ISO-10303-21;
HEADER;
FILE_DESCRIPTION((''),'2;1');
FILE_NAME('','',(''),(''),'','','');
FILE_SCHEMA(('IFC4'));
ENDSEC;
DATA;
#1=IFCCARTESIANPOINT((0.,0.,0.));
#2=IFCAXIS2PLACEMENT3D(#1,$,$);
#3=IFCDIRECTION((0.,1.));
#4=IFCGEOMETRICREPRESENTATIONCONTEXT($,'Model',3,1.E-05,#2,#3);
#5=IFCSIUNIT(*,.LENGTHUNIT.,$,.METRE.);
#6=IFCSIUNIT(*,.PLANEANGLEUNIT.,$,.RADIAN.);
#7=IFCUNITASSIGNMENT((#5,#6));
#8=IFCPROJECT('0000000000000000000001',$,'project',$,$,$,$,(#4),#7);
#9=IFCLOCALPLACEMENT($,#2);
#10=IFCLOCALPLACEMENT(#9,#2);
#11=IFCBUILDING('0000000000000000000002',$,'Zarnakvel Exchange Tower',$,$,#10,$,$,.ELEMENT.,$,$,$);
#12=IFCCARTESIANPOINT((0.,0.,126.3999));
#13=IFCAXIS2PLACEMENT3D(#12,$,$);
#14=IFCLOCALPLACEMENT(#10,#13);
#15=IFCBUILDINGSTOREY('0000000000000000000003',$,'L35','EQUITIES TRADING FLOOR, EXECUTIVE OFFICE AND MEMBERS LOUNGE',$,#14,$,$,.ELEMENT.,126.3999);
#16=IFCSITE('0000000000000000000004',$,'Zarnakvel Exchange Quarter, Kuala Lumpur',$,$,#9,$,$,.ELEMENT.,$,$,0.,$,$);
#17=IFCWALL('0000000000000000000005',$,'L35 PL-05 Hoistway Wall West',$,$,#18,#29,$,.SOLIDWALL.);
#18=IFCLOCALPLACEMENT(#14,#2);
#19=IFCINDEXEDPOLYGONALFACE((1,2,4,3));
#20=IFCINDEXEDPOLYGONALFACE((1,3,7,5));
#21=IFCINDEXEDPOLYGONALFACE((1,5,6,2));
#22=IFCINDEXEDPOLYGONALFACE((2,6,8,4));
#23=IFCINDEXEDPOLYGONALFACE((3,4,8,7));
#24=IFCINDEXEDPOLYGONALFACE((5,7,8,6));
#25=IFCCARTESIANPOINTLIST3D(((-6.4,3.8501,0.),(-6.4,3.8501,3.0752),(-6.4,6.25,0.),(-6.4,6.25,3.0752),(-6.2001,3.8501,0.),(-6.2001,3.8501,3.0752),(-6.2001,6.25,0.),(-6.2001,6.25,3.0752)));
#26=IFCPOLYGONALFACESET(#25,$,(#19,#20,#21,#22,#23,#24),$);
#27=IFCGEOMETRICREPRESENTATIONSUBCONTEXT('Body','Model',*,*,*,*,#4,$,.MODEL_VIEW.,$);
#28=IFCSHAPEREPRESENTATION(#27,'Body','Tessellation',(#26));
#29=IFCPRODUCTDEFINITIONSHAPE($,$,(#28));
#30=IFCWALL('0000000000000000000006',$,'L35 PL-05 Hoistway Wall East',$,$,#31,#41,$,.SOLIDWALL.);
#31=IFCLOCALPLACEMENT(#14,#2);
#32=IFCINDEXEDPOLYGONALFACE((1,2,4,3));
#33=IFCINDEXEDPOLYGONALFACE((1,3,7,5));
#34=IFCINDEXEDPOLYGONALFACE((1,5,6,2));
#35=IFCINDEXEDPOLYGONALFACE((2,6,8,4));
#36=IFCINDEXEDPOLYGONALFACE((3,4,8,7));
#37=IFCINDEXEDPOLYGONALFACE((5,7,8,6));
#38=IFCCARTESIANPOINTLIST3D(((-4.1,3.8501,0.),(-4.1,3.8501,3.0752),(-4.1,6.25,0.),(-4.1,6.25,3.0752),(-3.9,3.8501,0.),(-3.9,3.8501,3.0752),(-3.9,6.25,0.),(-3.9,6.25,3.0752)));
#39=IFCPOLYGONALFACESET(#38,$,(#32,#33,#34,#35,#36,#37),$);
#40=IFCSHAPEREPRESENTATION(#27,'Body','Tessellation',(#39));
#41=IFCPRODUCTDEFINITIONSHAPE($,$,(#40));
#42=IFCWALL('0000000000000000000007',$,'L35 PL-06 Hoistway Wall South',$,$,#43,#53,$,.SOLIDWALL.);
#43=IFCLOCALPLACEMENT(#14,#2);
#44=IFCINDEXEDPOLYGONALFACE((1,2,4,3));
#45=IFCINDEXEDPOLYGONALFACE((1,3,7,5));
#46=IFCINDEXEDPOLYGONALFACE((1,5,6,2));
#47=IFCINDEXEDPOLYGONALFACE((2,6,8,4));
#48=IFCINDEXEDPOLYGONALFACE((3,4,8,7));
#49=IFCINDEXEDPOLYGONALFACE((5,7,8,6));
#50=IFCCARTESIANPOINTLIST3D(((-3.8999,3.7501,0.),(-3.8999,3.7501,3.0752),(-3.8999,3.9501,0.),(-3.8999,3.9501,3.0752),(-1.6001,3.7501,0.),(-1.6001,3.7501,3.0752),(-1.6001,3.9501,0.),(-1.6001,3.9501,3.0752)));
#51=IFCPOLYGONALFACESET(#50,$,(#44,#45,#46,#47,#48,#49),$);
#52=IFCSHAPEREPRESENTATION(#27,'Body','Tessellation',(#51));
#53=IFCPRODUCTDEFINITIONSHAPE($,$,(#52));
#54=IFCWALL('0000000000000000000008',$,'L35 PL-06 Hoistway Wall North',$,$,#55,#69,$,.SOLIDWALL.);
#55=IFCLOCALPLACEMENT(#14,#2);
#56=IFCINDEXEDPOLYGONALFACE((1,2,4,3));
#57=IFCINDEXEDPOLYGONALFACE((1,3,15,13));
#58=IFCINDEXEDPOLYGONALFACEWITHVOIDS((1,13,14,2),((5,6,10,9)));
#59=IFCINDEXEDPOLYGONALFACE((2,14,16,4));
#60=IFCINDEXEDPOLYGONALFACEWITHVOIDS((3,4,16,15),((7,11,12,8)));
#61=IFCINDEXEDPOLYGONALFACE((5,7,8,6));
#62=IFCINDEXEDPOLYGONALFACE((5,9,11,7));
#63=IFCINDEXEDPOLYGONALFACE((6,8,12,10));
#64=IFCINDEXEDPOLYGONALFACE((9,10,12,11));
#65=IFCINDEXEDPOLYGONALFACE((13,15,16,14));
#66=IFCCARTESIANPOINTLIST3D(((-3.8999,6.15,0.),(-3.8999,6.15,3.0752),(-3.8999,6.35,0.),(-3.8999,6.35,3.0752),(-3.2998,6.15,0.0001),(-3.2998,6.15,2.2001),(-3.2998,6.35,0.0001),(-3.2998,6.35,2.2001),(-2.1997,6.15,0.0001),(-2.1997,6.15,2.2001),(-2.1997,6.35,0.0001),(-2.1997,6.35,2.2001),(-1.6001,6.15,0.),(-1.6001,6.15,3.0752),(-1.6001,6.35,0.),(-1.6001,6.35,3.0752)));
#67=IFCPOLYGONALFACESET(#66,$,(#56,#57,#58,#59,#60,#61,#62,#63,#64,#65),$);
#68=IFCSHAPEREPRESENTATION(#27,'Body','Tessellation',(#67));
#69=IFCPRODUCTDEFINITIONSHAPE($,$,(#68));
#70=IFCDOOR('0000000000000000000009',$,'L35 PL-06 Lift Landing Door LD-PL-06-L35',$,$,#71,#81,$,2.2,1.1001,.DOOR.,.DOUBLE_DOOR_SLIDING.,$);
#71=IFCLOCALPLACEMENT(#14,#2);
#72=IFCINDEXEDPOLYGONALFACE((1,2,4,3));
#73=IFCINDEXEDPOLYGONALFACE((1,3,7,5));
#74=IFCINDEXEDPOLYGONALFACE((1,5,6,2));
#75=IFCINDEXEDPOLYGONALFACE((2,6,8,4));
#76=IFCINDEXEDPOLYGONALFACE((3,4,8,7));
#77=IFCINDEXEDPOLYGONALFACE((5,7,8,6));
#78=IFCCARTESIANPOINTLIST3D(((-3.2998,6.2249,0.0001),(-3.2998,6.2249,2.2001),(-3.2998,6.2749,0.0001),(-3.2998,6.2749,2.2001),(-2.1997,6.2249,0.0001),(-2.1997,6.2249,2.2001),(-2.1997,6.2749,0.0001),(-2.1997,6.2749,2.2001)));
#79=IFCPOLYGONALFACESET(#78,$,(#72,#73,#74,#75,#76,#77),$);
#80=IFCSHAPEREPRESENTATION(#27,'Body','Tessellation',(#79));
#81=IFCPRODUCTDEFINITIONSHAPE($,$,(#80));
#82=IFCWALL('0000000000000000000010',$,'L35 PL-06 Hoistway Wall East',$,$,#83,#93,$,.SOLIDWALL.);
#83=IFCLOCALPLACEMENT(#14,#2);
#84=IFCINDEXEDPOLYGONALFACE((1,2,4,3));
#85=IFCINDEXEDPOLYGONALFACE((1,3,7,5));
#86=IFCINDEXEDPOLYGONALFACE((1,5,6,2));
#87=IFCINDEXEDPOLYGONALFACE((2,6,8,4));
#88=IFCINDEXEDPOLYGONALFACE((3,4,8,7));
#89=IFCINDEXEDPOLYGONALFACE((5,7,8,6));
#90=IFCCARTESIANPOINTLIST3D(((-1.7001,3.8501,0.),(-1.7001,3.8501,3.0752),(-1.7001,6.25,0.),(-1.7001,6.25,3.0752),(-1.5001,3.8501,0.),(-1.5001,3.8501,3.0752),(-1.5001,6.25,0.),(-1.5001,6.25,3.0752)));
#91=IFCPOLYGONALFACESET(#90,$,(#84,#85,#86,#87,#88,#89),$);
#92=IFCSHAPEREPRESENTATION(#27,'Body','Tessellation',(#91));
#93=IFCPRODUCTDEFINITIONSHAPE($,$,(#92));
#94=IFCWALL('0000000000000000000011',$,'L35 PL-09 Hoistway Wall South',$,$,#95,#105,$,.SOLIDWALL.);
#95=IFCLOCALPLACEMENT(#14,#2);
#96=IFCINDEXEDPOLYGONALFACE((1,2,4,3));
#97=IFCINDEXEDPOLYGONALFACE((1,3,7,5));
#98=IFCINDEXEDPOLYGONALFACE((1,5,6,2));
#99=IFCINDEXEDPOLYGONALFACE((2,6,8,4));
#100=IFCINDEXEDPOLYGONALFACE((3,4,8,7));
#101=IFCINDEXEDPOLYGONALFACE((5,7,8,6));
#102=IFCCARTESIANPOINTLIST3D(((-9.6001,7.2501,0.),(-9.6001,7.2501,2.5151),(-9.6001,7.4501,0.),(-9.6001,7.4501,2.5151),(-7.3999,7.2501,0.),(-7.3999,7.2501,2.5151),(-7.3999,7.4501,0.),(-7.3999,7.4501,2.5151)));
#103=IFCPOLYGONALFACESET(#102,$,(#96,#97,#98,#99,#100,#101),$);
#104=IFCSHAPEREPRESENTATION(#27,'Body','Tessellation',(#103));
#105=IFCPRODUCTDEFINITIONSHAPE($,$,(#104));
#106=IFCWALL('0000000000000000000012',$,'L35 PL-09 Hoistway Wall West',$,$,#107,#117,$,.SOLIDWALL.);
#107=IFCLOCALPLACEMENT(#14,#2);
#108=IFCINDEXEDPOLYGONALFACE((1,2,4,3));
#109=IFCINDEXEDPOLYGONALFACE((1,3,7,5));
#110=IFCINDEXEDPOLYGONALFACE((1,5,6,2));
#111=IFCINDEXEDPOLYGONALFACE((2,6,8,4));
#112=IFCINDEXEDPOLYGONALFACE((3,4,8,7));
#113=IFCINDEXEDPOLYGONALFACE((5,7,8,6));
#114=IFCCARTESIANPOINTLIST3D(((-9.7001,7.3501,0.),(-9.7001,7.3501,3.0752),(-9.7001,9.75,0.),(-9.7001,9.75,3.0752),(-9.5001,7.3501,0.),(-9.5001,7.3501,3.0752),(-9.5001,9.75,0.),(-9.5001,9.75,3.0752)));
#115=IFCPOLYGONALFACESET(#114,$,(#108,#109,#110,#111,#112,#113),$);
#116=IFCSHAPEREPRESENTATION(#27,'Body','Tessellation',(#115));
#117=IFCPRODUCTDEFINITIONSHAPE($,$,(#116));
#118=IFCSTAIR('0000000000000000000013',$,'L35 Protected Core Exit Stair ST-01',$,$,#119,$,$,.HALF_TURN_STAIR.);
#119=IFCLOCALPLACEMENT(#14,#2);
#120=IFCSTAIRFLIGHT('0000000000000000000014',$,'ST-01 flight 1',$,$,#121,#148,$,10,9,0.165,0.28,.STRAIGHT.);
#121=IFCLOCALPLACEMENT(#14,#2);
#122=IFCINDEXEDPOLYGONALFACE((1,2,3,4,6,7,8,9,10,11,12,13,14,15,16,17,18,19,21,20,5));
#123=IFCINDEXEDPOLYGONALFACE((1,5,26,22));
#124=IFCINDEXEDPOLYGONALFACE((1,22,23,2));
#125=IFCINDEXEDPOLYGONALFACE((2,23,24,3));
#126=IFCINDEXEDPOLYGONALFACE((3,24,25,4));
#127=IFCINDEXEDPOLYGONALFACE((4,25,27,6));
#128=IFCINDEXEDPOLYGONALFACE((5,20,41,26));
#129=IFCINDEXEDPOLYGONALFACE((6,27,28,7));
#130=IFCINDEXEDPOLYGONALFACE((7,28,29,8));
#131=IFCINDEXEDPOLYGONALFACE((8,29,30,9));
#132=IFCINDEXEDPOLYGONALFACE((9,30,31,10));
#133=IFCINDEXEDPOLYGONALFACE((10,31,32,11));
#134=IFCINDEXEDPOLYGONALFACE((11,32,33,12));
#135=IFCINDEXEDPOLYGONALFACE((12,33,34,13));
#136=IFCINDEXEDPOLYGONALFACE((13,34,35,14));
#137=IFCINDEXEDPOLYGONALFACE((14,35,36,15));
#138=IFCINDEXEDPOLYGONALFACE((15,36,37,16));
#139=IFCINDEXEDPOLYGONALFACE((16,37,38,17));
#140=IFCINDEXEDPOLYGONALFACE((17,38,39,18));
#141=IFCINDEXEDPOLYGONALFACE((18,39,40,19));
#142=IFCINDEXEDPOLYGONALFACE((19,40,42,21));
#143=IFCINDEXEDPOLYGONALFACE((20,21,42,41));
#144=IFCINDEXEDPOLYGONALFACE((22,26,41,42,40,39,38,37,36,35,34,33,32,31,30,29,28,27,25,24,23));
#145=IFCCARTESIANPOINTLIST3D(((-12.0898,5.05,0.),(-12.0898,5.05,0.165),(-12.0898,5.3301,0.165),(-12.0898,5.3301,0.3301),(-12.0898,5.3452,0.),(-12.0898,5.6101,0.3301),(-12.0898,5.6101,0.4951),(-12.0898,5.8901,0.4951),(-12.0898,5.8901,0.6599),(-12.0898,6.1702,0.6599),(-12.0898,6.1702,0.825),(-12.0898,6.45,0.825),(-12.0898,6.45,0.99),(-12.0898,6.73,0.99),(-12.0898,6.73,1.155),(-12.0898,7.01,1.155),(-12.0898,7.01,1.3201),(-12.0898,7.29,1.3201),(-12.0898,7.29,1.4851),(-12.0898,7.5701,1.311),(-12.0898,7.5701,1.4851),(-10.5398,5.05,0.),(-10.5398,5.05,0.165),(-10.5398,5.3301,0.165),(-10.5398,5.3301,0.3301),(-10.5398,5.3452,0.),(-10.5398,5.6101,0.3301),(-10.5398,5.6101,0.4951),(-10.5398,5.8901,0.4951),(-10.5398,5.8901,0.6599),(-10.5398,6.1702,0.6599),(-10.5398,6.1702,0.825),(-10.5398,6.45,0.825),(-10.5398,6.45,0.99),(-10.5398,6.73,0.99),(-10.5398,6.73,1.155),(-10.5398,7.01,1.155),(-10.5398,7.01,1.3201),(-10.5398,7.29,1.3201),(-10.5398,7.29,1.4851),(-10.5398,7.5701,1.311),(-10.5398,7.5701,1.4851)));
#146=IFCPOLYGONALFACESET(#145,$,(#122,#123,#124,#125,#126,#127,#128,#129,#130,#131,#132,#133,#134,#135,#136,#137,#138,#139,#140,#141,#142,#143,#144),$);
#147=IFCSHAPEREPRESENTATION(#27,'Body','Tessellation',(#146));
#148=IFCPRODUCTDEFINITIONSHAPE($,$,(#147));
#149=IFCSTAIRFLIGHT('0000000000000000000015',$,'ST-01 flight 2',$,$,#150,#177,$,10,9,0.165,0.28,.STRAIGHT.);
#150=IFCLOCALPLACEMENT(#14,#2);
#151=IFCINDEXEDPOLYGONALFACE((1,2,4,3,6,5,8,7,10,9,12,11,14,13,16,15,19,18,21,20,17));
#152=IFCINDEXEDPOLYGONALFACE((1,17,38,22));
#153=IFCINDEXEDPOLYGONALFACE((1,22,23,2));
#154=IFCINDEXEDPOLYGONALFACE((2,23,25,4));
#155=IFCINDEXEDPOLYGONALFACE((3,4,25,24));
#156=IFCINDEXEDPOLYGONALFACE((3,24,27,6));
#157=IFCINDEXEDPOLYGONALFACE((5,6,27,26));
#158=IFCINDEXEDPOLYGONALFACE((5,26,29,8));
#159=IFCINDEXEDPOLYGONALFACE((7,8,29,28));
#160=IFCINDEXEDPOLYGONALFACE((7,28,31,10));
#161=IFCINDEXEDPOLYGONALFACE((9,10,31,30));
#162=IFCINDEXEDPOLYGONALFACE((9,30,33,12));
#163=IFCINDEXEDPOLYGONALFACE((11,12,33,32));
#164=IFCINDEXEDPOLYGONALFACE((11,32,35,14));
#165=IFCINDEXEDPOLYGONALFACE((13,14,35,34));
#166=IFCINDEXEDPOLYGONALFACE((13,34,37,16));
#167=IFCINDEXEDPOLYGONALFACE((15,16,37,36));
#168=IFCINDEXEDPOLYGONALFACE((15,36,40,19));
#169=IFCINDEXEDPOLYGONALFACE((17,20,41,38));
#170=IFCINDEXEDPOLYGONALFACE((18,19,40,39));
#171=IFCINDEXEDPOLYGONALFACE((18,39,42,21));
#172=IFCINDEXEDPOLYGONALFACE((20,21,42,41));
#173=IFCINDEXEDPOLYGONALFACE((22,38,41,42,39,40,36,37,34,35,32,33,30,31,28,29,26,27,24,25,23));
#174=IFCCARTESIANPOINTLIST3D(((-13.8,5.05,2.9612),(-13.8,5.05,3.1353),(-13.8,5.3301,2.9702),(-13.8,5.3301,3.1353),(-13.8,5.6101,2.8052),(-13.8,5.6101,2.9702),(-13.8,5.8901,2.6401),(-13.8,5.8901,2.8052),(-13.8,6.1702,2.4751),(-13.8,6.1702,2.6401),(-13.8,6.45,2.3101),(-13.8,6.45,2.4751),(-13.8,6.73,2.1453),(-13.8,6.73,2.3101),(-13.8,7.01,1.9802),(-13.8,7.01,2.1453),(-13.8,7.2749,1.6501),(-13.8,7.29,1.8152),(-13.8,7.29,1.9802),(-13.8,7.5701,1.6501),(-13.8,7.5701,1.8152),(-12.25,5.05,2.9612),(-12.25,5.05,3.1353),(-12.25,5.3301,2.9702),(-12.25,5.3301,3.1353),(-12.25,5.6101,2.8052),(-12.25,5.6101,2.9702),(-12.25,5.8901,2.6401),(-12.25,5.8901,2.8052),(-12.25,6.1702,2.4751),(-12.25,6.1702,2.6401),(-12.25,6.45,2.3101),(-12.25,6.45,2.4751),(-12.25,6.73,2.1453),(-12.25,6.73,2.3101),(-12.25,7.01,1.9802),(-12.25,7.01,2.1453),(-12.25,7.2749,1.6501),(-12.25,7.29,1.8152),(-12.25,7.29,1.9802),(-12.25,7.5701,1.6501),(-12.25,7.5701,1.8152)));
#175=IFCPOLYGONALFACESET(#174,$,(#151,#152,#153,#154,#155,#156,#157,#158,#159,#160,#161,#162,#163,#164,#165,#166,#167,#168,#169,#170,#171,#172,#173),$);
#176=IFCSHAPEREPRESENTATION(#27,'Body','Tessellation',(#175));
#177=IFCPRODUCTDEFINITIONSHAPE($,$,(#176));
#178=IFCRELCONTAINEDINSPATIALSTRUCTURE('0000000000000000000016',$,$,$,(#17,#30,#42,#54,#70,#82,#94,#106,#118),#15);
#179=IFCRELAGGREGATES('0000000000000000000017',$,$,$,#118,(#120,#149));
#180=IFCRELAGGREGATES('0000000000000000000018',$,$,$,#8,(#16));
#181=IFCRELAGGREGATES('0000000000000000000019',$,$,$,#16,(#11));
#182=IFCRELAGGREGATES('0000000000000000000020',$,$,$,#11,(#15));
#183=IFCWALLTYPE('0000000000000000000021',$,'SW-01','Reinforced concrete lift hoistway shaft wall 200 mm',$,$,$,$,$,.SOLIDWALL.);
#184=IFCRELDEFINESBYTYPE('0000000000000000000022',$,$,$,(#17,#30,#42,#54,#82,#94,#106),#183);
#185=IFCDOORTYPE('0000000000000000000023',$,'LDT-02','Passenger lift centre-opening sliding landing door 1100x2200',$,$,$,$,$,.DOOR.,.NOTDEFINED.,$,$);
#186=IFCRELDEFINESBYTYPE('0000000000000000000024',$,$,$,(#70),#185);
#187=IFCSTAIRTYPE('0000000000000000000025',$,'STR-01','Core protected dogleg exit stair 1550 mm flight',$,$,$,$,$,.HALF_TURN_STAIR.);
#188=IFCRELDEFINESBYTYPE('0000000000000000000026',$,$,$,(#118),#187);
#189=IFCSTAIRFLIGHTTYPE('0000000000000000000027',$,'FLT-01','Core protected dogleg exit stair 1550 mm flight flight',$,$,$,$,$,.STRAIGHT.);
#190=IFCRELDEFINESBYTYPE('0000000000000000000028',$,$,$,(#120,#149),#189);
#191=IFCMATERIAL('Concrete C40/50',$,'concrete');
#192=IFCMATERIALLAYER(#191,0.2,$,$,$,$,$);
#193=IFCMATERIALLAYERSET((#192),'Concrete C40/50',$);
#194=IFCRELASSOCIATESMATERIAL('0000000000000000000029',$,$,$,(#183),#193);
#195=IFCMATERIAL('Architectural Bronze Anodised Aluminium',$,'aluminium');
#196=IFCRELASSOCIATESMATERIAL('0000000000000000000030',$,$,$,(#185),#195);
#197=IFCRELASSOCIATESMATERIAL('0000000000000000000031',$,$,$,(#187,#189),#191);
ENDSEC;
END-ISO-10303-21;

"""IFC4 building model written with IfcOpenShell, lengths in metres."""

from ifc_helpers import new_model, si_unit, direction, frame, frame_2d, origin, place, context, subcontext, project, spatial, polyline, rectangle, outline, extrude, source, transform, mapped, material, layer, layer_set, type_object, element, fill, aggregate, save


model = new_model("IFC4")

# Units and contexts
model_context = context("Model", 3, precision=1e-05, world=origin(), true_north=direction((0.0, 1.0)))
body_context = subcontext(model_context, "Body", "Model", "MODEL_VIEW")
ifc_project = project(units=[si_unit("LENGTHUNIT", "METRE"), si_unit("PLANEANGLEUNIT", "RADIAN")], contexts=[model_context])

# Site, building, storey
site_placement = place(None, origin())
site = spatial("IfcSite", under=ifc_project, at=site_placement, Name="Zarnakvel Exchange Quarter, Kuala Lumpur", CompositionType="ELEMENT", RefElevation=0.0)
building_placement = place(site_placement, origin())
building = spatial("IfcBuilding", under=site, at=building_placement, Name="Zarnakvel Exchange Tower", CompositionType="ELEMENT")
storey_placement = place(building_placement, frame((0.0, 0.0, 126.3999)))
storey = spatial("IfcBuildingStorey", under=building, at=storey_placement, Name="L35", Description="EQUITIES TRADING FLOOR, EXECUTIVE OFFICE AND MEMBERS LOUNGE", CompositionType="ELEMENT", Elevation=126.3999)

# Shared definitions
ifc_material_1 = material(Name="Concrete C40/50", Category="concrete")
ifc_layer_1 = layer(ifc_material_1, 0.2)
ifc_layer_set_1 = layer_set([ifc_layer_1], Name="Concrete C40/50")
wall_type_1 = type_object("IfcWallType", Name="SW-01", Description="Reinforced concrete lift hoistway shaft wall 200 mm", PredefinedType="SOLIDWALL", material=ifc_layer_set_1)
shared_shape_1 = source(origin(), body_context, "Body", "SweptSolid", [
    extrude(rectangle(XDim=1.1001, YDim=2.2, at=frame_2d((0.55, 1.1001))), frame((0.0, 0.0249, 0.0), z_axis=(0.0, -1.0, 0.0), x_axis=(1.0, 0.0, 0.0)), (0.0, 0.0, 1.0), 0.05),
])

# Shared definitions
ifc_material_2 = material(Name="Architectural Bronze Anodised Aluminium", Category="aluminium")
door_type_1 = type_object("IfcDoorType", Name="LDT-02", Description="Passenger lift centre-opening sliding landing door 1100x2200", OperationType="NOTDEFINED", PredefinedType="DOOR", material=ifc_material_2)

# Walls
for number, where, z_axis, x_axis, name in (
    (1, (-6.3, 3.8501, 0.0), (0.0, 0.0, 1.0), (0.0, 1.0, 0.0), "L35 PL-05 Hoistway Wall West"),
    (2, (-4.0, 6.25, 0.0), (0.0, 0.0, 1.0), (0.0, -1.0, 0.0), "L35 PL-05 Hoistway Wall East"),
):
    element("IfcWall", number, at=place(storey_placement, frame(where, z_axis=z_axis, x_axis=x_axis)), inside=storey, type_object=wall_type_1, Name=name, PredefinedType="SOLIDWALL", context=body_context, shape_type="SweptSolid", body=[
        extrude(rectangle(XDim=2.3999, YDim=0.2, at=frame_2d((1.2, 0.0))), origin(), (0.0, 0.0, 1.0), 3.0752),
    ])
wall_1_placement = place(storey_placement, frame((-1.6001, 3.8501, 0.0), z_axis=(0.0, 0.0, 1.0), x_axis=(-1.0, 0.0, 0.0)))
element("IfcWall", 3, at=wall_1_placement, inside=storey, type_object=wall_type_1, Name="L35 PL-06 Hoistway Wall South", PredefinedType="SOLIDWALL", context=body_context, shape_type="SweptSolid", body=[
    extrude(rectangle(XDim=2.2998, YDim=0.2, at=frame_2d((1.1499, 0.0))), origin(), (0.0, 0.0, 1.0), 3.0752),
])

# Wall, opening, door
wall_2_placement = place(storey_placement, frame((-3.8999, 6.25, 0.0), z_axis=(0.0, 0.0, 1.0), x_axis=(1.0, 0.0, 0.0)))
wall_2 = element("IfcWall", 4, at=wall_2_placement, inside=storey, type_object=wall_type_1, Name="L35 PL-06 Hoistway Wall North", PredefinedType="SOLIDWALL", context=body_context, shape_type="SweptSolid", body=[
    extrude(rectangle(XDim=2.2998, YDim=0.2, at=frame_2d((1.1499, 0.0))), origin(), (0.0, 0.0, 1.0), 3.0752),
])
opening_1_placement = place(wall_2_placement, frame((0.6001, 0.0, 0.0)))
opening_1 = element("IfcOpeningElement", 5, at=opening_1_placement, cuts=wall_2, PredefinedType="OPENING", context=body_context, shape_type="SweptSolid", body=[
    extrude(rectangle(XDim=1.1001, YDim=2.2, at=frame_2d((0.55, 1.1001))), frame((0.0, 0.1099, 0.0), z_axis=(0.0, -1.0, 0.0), x_axis=(1.0, 0.0, 0.0)), (0.0, 0.0, 1.0), 0.22),
])
door_1_placement = place(opening_1_placement, origin())
door_1 = element("IfcDoor", 6, at=door_1_placement, inside=storey, type_object=door_type_1, Name="L35 PL-06 Lift Landing Door LD-PL-06-L35", OperationType="DOUBLE_DOOR_SLIDING", OverallHeight=2.2, OverallWidth=1.1001, PredefinedType="DOOR", context=body_context, shape_type="MappedRepresentation", body=[
    mapped(shared_shape_1, transform((0.0, 0.0, 0.0), x_axis=(1.0, 0.0, 0.0), y_axis=(0.0, 1.0, 0.0), z_axis=(0.0, 0.0, 1.0), scale=1.0)),
])
fill(opening_1, door_1)

# Walls
wall_3_placement = place(storey_placement, frame((-1.6001, 6.25, 0.0), z_axis=(0.0, 0.0, 1.0), x_axis=(0.0, -1.0, 0.0)))
element("IfcWall", 7, at=wall_3_placement, inside=storey, type_object=wall_type_1, Name="L35 PL-06 Hoistway Wall East", PredefinedType="SOLIDWALL", context=body_context, shape_type="SweptSolid", body=[
    extrude(rectangle(XDim=2.3999, YDim=0.2, at=frame_2d((1.2, 0.0))), origin(), (0.0, 0.0, 1.0), 3.0752),
])
wall_4_placement = place(storey_placement, frame((-7.3999, 7.3501, 0.0), z_axis=(0.0, 0.0, 1.0), x_axis=(-1.0, 0.0, 0.0)))
element("IfcWall", 8, at=wall_4_placement, inside=storey, type_object=wall_type_1, Name="L35 PL-09 Hoistway Wall South", PredefinedType="SOLIDWALL", context=body_context, shape_type="SweptSolid", body=[
    extrude(rectangle(XDim=2.2002, YDim=0.2, at=frame_2d((1.1001, 0.0))), origin(), (0.0, 0.0, 1.0), 2.5151),
])
wall_5_placement = place(storey_placement, frame((-9.6001, 7.3501, 0.0), z_axis=(0.0, 0.0, 1.0), x_axis=(0.0, 1.0, 0.0)))
element("IfcWall", 9, at=wall_5_placement, inside=storey, type_object=wall_type_1, Name="L35 PL-09 Hoistway Wall West", PredefinedType="SOLIDWALL", context=body_context, shape_type="SweptSolid", body=[
    extrude(rectangle(XDim=2.3999, YDim=0.2, at=frame_2d((1.2, 0.0))), origin(), (0.0, 0.0, 1.0), 3.0752),
])

# Stair, stair flights
stair_type = type_object("IfcStairType", Name="STR-01", Description="Core protected dogleg exit stair 1550 mm flight", PredefinedType="HALF_TURN_STAIR", material=ifc_material_1)
stair_placement = place(storey_placement, origin())
stair = element("IfcStair", 10, at=stair_placement, inside=storey, type_object=stair_type, Name="L35 Protected Core Exit Stair ST-01", PredefinedType="HALF_TURN_STAIR")
stair_flight_type = type_object("IfcStairFlightType", Name="FLT-01", Description="Core protected dogleg exit stair 1550 mm flight flight", PredefinedType="STRAIGHT", material=ifc_material_1)
stair_flight_1_placement = place(storey_placement, frame((-11.3149, 5.05, 0.0), z_axis=(0.0, 0.0, 1.0), x_axis=(0.0, 1.0, 0.0)))
stair_flight_1 = element("IfcStairFlight", 11, at=stair_flight_1_placement, type_object=stair_flight_type, Name="ST-01 flight 1", NumberOfRisers=10, NumberOfTreads=9, PredefinedType="STRAIGHT", RiserHeight=0.165, TreadLength=0.28, context=body_context, shape_type="SweptSolid", body=[
    extrude(outline(polyline([(0.0, 0.0), (0.0, 0.165), (0.28, 0.165), (0.28, 0.3301), (0.5601, 0.3301), (0.5601, 0.4951), (0.8401, 0.4951), (0.8401, 0.6599), (1.1201, 0.6599), (1.1201, 0.825), (1.3999, 0.825), (1.3999, 0.99), (1.6799, 0.99), (1.6799, 1.155), (1.96, 1.155), (1.96, 1.3201), (2.24, 1.3201), (2.24, 1.4851), (2.52, 1.4851), (2.52, 1.6499), (2.52, 1.311), (0.2952, 0.0), (0.0, 0.0)])), frame((0.0, 0.7749, 0.0), z_axis=(0.0, -1.0, 0.0), x_axis=(1.0, 0.0, 0.0)), (0.0, 0.0, 1.0), 1.55),
])
stair_flight_2_placement = place(storey_placement, frame((-13.0249, 7.5701, 1.6501), z_axis=(0.0, 0.0, 1.0), x_axis=(0.0, -1.0, 0.0)))
stair_flight_2 = element("IfcStairFlight", 12, at=stair_flight_2_placement, type_object=stair_flight_type, Name="ST-01 flight 2", NumberOfRisers=10, NumberOfTreads=9, PredefinedType="STRAIGHT", RiserHeight=0.165, TreadLength=0.28, context=body_context, shape_type="SweptSolid", body=[
    extrude(outline(polyline([(0.0, 0.0), (0.0, 0.165), (0.28, 0.165), (0.28, 0.3301), (0.5601, 0.3301), (0.5601, 0.4951), (0.8401, 0.4951), (0.8401, 0.6599), (1.1201, 0.6599), (1.1201, 0.825), (1.3999, 0.825), (1.3999, 0.99), (1.6799, 0.99), (1.6799, 1.155), (1.96, 1.155), (1.96, 1.3201), (2.24, 1.3201), (2.24, 1.4851), (2.52, 1.4851), (2.52, 1.6499), (2.52, 1.311), (0.2952, 0.0), (0.0, 0.0)])), frame((0.0, 0.7749, 0.0), z_axis=(0.0, -1.0, 0.0), x_axis=(1.0, 0.0, 0.0)), (0.0, 0.0, 1.0), 1.55),
])
aggregate(stair, [stair_flight_1, stair_flight_2])

save(model, "model.ifc")
